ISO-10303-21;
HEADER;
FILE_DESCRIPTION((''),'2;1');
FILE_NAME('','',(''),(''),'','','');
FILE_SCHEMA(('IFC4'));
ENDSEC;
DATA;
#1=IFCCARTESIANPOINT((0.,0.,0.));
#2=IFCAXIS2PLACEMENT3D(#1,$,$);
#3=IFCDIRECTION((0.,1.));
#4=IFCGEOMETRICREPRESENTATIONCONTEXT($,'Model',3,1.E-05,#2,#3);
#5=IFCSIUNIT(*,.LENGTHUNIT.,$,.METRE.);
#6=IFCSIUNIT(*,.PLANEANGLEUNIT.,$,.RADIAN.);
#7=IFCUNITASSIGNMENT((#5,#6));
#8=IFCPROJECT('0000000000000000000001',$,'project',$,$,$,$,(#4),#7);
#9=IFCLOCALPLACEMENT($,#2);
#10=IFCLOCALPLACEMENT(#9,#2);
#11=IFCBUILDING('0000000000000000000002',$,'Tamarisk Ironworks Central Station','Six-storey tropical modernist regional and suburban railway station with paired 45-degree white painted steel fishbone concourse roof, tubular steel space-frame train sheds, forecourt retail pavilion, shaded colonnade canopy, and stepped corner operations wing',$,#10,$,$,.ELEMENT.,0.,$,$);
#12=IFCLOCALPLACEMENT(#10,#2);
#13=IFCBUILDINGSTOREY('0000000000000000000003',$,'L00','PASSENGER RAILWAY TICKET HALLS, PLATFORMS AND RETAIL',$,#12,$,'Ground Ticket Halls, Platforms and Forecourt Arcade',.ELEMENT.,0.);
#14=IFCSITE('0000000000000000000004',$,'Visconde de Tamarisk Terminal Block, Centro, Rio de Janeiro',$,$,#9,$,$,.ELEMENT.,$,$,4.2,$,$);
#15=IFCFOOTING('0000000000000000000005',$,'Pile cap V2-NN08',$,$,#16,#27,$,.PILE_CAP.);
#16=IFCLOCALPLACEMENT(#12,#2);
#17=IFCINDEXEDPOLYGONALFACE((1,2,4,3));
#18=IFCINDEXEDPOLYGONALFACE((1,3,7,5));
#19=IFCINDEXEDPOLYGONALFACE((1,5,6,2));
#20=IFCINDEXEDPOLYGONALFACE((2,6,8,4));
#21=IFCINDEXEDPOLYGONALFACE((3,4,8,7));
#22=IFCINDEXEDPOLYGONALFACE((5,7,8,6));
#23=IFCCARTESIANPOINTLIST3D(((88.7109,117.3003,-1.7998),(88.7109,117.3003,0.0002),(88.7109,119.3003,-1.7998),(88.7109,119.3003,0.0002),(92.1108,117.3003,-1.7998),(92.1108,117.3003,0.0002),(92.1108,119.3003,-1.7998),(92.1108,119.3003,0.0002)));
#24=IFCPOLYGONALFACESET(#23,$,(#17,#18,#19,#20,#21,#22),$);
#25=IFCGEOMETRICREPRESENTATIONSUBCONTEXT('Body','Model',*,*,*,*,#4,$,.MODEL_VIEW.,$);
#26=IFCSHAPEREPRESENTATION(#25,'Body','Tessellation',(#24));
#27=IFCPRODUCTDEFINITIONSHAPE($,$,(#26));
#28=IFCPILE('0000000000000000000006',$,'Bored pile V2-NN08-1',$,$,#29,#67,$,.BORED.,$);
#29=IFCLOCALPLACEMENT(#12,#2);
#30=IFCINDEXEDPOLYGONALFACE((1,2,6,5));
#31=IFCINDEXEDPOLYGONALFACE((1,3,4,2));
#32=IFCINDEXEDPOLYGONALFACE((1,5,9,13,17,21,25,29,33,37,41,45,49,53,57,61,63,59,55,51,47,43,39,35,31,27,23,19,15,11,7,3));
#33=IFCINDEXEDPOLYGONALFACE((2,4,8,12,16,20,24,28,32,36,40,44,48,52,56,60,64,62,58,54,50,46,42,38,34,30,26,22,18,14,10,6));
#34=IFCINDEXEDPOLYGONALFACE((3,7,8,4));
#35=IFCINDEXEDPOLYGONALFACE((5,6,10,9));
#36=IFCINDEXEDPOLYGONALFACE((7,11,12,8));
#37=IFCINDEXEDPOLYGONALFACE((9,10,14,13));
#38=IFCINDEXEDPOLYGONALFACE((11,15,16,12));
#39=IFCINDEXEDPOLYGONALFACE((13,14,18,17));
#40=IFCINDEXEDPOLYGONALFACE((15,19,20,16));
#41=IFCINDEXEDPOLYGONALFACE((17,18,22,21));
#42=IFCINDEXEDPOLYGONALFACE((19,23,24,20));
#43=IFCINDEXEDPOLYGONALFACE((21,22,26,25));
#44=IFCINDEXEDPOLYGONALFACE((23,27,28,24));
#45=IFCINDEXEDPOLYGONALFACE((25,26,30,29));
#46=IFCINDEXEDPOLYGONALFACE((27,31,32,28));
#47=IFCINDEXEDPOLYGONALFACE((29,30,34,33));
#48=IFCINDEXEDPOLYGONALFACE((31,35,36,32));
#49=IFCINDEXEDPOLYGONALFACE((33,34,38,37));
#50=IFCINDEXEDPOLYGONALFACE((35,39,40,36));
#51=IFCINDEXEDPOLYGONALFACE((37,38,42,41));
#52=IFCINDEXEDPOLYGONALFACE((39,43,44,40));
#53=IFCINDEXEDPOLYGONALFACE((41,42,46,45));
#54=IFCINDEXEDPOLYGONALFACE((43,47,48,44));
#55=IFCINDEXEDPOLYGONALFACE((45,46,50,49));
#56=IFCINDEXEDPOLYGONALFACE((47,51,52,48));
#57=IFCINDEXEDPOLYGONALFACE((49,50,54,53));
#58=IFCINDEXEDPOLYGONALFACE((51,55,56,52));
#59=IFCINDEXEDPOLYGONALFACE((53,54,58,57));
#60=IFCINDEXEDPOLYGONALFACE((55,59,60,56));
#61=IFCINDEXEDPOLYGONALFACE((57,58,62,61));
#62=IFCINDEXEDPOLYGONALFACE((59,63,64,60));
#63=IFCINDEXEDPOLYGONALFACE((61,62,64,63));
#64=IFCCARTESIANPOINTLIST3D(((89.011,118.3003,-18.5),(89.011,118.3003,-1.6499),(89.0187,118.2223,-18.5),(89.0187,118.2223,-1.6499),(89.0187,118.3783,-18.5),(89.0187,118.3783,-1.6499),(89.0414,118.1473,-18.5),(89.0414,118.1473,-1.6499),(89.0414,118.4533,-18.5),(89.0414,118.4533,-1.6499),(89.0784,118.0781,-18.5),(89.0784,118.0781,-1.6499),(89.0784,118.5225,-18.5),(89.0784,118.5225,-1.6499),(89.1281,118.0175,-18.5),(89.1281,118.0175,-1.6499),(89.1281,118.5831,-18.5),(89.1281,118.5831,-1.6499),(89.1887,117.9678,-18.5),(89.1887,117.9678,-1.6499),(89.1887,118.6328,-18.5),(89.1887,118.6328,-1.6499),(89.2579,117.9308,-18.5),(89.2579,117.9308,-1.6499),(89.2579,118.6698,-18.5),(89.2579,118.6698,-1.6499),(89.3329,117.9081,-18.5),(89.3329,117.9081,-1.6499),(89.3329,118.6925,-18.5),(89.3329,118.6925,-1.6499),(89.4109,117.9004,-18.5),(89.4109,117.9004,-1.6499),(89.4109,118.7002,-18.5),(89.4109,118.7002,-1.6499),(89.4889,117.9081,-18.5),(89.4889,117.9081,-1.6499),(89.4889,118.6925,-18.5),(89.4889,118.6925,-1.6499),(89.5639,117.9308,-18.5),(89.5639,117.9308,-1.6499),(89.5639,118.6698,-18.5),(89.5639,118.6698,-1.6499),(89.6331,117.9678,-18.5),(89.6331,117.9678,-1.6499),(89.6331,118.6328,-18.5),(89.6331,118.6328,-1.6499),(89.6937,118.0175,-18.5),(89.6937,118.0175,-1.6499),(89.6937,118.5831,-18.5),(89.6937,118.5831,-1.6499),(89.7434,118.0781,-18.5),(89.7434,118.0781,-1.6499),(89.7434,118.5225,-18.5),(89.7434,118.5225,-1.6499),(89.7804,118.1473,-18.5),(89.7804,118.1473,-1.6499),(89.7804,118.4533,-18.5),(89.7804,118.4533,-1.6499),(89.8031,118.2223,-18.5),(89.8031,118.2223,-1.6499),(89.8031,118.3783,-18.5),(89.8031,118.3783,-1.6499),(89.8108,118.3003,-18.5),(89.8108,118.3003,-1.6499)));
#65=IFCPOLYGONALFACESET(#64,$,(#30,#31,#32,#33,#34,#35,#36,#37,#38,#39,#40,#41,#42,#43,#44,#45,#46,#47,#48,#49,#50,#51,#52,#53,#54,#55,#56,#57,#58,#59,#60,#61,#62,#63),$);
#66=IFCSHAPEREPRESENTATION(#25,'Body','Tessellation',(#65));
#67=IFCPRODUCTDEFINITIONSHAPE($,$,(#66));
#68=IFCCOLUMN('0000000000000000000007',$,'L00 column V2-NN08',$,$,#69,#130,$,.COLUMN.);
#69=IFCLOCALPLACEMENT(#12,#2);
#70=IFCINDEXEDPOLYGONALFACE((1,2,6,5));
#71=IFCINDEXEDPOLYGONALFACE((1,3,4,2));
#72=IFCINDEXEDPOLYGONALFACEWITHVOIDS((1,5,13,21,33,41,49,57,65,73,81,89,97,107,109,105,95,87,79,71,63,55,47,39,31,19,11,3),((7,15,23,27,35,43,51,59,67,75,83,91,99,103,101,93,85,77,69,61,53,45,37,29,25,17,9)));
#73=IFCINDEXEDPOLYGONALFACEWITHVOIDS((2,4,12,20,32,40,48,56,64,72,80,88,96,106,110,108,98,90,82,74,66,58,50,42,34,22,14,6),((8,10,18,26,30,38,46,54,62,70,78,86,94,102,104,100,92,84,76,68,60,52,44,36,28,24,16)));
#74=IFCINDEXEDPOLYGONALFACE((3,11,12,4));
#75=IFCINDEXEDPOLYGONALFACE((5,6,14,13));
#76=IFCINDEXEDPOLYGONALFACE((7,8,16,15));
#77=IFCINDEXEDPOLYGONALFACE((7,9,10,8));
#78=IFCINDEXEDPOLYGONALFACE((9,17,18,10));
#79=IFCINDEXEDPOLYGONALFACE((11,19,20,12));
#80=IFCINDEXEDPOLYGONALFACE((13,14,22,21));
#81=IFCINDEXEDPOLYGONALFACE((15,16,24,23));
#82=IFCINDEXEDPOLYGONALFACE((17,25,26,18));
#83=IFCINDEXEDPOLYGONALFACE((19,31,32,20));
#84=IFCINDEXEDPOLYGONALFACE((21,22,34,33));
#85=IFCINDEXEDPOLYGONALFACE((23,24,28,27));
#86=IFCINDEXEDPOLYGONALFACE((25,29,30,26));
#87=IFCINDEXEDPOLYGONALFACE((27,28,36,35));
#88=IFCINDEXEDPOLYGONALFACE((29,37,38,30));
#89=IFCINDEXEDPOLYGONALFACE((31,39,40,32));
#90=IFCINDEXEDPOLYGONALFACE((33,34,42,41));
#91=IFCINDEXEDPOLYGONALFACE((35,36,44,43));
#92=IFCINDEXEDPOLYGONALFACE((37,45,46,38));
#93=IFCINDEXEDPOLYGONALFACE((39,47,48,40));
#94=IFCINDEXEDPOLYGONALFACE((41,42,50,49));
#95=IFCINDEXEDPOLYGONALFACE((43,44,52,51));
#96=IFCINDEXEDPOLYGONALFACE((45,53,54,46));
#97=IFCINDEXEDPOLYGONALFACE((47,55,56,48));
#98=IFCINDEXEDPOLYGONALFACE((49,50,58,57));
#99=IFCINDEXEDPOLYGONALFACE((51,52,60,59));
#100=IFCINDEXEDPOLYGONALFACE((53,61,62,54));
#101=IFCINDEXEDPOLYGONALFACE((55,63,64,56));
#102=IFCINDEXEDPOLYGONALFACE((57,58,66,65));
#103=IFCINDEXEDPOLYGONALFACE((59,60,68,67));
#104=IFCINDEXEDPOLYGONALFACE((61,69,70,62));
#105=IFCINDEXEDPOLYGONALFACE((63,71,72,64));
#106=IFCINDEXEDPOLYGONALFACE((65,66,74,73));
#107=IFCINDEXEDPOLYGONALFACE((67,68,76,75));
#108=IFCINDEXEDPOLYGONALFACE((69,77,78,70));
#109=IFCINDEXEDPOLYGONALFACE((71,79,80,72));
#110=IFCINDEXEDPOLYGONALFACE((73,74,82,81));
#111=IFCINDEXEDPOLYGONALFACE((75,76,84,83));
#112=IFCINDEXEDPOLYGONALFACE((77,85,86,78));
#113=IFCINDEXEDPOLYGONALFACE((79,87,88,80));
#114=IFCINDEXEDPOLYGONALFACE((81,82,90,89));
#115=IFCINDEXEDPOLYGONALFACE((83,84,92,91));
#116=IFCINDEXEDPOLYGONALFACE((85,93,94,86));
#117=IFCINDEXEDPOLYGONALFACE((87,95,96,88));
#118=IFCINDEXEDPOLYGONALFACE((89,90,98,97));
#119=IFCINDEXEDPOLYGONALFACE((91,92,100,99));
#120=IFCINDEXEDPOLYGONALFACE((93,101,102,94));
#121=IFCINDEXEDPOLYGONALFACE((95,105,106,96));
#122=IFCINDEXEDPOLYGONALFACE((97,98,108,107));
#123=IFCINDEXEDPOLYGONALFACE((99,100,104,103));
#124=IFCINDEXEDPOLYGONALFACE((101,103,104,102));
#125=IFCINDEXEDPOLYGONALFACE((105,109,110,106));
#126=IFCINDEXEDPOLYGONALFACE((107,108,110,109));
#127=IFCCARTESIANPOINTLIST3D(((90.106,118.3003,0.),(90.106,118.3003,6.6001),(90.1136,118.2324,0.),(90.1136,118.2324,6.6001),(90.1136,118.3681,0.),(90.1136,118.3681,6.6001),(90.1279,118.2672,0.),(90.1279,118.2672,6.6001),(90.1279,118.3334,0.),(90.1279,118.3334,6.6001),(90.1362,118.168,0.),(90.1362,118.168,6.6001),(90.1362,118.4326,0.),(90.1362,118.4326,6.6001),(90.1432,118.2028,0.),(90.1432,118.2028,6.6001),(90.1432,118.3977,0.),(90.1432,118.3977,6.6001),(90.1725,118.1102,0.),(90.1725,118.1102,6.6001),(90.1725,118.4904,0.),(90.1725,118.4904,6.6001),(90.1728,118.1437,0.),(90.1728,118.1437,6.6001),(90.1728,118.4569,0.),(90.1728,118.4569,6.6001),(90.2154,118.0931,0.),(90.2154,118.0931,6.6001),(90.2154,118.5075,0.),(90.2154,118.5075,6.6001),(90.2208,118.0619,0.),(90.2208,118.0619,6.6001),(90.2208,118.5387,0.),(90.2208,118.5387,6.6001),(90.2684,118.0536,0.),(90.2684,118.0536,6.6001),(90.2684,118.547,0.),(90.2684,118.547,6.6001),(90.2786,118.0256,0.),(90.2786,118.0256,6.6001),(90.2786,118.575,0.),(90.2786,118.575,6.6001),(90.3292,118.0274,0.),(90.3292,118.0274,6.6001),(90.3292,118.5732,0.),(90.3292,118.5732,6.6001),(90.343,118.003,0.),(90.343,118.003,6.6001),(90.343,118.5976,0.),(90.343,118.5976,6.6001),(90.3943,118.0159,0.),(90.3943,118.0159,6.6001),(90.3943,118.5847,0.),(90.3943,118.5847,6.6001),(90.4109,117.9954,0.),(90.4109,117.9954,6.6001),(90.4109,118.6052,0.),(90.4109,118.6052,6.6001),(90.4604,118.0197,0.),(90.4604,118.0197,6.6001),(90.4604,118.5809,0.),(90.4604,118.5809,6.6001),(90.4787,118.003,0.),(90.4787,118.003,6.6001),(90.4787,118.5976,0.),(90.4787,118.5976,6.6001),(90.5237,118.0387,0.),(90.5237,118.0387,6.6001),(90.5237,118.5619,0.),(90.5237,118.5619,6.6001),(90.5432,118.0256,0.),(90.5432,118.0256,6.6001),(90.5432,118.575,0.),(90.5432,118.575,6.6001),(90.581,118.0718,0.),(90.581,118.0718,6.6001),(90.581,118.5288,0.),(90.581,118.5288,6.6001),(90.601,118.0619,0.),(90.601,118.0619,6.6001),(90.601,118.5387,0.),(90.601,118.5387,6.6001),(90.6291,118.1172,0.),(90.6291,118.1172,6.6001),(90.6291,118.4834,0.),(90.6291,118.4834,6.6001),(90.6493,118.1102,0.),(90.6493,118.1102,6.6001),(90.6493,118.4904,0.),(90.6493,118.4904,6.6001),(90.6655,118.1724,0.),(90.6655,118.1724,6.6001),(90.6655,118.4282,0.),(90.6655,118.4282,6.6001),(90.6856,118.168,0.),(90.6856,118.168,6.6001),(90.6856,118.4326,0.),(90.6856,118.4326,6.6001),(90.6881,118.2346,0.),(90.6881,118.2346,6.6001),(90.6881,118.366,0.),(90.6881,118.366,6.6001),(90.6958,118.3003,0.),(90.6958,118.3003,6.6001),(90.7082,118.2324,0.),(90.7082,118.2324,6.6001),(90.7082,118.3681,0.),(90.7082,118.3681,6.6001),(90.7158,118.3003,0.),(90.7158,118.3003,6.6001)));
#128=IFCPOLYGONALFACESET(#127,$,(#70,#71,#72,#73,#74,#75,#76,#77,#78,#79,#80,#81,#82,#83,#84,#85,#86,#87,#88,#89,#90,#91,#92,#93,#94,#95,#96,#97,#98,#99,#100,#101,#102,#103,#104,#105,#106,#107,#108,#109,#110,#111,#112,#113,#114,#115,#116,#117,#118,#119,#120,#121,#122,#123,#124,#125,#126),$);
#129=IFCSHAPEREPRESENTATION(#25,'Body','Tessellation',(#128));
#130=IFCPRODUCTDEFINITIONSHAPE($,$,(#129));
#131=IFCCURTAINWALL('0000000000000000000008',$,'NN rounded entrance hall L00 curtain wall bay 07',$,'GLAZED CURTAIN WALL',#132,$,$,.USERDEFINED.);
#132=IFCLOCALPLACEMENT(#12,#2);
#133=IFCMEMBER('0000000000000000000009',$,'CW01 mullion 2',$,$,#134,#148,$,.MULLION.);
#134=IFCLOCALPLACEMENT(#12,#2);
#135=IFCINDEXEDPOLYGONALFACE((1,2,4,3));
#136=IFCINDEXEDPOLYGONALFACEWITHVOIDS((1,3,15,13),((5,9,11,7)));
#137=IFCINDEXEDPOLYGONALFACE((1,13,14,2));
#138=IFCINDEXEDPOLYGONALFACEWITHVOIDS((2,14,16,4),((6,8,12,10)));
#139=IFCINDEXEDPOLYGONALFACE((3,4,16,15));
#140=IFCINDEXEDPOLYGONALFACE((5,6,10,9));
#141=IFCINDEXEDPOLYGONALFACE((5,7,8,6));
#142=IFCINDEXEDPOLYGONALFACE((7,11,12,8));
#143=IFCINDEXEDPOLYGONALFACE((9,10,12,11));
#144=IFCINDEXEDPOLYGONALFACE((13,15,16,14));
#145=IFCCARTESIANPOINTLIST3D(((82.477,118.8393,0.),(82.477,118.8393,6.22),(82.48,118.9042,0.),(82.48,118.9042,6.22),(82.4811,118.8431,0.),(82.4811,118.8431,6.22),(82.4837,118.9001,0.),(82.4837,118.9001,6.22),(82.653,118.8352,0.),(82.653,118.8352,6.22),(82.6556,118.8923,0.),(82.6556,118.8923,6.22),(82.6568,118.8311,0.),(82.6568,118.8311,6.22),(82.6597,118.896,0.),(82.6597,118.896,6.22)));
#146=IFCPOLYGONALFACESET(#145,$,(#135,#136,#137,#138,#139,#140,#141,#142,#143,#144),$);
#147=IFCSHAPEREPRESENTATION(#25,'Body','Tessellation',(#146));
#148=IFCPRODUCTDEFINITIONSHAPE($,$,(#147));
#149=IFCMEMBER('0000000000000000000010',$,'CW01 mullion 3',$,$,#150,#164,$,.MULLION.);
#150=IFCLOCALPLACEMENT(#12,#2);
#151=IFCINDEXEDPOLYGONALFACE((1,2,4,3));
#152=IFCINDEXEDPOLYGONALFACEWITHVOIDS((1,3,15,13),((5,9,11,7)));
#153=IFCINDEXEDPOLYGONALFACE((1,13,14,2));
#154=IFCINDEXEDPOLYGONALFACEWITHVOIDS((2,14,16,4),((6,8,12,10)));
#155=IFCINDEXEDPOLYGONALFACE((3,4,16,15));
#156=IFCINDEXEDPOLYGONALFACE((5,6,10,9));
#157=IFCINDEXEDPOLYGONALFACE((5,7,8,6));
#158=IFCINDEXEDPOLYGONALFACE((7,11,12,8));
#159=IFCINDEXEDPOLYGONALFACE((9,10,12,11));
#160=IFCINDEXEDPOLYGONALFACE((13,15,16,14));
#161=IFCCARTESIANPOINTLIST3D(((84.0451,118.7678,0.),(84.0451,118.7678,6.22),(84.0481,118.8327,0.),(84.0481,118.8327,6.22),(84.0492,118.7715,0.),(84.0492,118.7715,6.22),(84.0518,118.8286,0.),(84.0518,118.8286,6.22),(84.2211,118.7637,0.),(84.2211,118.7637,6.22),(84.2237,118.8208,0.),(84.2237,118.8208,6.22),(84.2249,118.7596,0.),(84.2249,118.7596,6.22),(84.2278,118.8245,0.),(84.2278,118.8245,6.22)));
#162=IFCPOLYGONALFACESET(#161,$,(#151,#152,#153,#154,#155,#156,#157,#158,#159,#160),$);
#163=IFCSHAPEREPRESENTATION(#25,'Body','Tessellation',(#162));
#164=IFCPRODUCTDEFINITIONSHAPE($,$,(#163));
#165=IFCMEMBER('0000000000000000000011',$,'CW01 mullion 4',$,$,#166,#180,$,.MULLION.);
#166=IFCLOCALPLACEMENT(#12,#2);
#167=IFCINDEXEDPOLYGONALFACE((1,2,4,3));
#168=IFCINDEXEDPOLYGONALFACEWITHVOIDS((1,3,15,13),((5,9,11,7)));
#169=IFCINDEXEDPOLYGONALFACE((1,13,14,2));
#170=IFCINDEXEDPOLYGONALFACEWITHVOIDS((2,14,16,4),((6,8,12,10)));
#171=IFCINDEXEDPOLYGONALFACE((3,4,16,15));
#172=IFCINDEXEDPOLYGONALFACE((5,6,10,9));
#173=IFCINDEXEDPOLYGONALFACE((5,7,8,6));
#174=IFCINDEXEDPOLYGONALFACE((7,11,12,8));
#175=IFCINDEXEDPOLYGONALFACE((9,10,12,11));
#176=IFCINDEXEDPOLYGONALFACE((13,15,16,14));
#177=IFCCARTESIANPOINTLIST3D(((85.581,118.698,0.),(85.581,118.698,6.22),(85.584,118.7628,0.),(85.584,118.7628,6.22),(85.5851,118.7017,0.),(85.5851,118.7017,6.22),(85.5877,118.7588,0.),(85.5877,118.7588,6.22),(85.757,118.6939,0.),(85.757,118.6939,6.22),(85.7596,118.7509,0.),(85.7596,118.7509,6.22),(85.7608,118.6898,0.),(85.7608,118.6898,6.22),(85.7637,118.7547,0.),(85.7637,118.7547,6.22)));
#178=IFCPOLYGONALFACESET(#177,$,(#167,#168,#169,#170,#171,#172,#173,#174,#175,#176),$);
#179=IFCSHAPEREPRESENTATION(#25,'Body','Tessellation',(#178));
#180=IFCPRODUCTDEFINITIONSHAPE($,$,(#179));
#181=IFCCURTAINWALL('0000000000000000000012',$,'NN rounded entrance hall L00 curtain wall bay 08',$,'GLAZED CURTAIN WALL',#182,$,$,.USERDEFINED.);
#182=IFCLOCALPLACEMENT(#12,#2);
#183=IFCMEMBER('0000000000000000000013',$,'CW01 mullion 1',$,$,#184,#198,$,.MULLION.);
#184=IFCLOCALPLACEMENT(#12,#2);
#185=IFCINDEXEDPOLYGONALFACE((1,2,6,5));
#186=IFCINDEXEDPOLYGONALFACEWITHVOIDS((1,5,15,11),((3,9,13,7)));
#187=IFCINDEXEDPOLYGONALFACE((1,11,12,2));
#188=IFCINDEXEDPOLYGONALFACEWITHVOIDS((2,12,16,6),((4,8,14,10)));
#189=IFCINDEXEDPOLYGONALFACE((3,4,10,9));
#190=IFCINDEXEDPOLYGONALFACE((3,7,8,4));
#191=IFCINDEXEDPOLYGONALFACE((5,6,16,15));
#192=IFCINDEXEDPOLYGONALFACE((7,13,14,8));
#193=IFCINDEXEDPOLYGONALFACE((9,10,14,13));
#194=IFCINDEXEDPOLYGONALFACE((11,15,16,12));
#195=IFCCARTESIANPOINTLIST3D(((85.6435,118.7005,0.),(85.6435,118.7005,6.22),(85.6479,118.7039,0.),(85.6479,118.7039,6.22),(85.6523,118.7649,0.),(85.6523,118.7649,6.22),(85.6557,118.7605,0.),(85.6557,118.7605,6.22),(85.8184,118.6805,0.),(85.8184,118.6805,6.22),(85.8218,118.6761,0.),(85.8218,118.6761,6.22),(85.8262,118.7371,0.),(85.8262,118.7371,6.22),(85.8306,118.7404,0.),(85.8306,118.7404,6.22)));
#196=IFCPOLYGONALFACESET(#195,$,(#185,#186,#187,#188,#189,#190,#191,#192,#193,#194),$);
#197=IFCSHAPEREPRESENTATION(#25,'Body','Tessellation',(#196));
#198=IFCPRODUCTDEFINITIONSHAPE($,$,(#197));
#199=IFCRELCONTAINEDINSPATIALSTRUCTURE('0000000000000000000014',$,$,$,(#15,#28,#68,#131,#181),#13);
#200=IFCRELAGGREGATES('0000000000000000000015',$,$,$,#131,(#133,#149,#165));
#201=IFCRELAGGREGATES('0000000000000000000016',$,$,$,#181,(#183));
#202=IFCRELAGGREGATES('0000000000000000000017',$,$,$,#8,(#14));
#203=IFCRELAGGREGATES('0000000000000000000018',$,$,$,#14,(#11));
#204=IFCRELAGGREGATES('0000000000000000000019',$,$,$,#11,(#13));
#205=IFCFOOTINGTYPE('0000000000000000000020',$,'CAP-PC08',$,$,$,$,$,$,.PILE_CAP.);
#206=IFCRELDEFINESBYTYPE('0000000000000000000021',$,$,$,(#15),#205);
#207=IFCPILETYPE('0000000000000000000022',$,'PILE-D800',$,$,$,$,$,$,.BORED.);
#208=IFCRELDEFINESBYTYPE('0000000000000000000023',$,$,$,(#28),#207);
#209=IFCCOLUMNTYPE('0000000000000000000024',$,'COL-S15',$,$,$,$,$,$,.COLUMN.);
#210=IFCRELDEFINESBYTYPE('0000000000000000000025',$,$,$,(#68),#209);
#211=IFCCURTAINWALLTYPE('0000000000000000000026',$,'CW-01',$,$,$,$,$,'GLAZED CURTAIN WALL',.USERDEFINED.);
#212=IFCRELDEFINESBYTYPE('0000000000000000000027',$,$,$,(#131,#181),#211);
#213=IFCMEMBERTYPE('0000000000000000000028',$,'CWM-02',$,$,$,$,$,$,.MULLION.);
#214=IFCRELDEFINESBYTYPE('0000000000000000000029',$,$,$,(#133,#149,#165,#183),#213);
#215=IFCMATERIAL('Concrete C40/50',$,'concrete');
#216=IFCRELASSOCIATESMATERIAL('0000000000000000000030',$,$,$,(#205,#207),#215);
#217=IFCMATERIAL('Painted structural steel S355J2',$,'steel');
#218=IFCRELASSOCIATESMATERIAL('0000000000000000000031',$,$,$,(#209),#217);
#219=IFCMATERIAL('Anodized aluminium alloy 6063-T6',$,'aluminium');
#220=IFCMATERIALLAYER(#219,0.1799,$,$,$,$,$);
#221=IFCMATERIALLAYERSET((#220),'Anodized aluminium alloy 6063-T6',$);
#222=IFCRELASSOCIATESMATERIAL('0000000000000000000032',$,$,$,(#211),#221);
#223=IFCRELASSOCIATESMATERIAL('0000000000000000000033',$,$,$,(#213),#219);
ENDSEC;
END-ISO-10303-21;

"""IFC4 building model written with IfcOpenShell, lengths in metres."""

from ifc_helpers import new_model, si_unit, direction, frame, origin, origin_2d, place, context, subcontext, project, spatial, rectangle, hollow_rectangle, circle, hollow_circle, extrude, material, layer, layer_set, material_profile, profile_set, type_object, element, aggregate, save


model = new_model("IFC4")

# Units and contexts
model_context = context("Model", 3, precision=1e-05, world=origin(), true_north=direction((0.0, 1.0)))
body_context = subcontext(model_context, "Body", "Model", "MODEL_VIEW")
ifc_project = project(units=[si_unit("LENGTHUNIT", "METRE"), si_unit("PLANEANGLEUNIT", "RADIAN")], contexts=[model_context])

# Site, building, storey
site_placement = place(None, origin())
site = spatial("IfcSite", under=ifc_project, at=site_placement, Name="Visconde de Tamarisk Terminal Block, Centro, Rio de Janeiro", CompositionType="ELEMENT", RefElevation=4.2)
building_placement = place(site_placement, origin())
building = spatial("IfcBuilding", under=site, at=building_placement, Name="Tamarisk Ironworks Central Station", Description="Six-storey tropical modernist regional and suburban railway station with paired 45-degree white painted steel fishbone concourse roof, tubular steel space-frame train sheds, forecourt retail pavilion, shaded colonnade canopy, and stepped corner operations wing", CompositionType="ELEMENT", ElevationOfRefHeight=0.0)
storey_placement = place(building_placement, origin())
storey = spatial("IfcBuildingStorey", under=building, at=storey_placement, Name="L00", Description="PASSENGER RAILWAY TICKET HALLS, PLATFORMS AND RETAIL", LongName="Ground Ticket Halls, Platforms and Forecourt Arcade", CompositionType="ELEMENT", Elevation=0.0)

# Footing
ifc_material_1 = material(Name="Concrete C40/50", Category="concrete")
footing_type = type_object("IfcFootingType", Name="CAP-PC08", PredefinedType="PILE_CAP", material=ifc_material_1)
footing_placement = place(storey_placement, frame((90.4109, 118.3003, -1.7998), z_axis=(0.0, 0.0, 1.0), x_axis=(1.0, 0.0, 0.0)))
element("IfcFooting", 1, at=footing_placement, inside=storey, type_object=footing_type, Name="Pile cap V2-NN08", PredefinedType="PILE_CAP", context=body_context, shape_type="SweptSolid", body=[
    extrude(rectangle(XDim=3.3999, YDim=2.0, at=origin_2d()), origin(), (0.0, 0.0, 1.0), 1.8),
])

# Pile
ifc_material_profile_1 = material_profile(ifc_material_1, circle(Radius=0.3999, at=origin_2d()), Name="BORED PILE D800")
ifc_profile_set_1 = profile_set([ifc_material_profile_1], Name="Concrete C40/50")
pile_type = type_object("IfcPileType", Name="PILE-D800", PredefinedType="BORED", material=ifc_profile_set_1)
pile_placement = place(storey_placement, frame((89.4109, 118.3003, -1.6499), z_axis=(0.0, 0.0, -1.0), x_axis=(1.0, 0.0, 0.0)))
element("IfcPile", 2, at=pile_placement, inside=storey, type_object=pile_type, Name="Bored pile V2-NN08-1", PredefinedType="BORED", context=body_context, shape_type="SweptSolid", body=[
    extrude(circle(Radius=0.3999, at=origin_2d()), origin(), (0.0, 0.0, 1.0), 16.8501),
])

# Column
ifc_material_2 = material(Name="Painted structural steel S355J2", Category="steel")
ifc_material_profile_2 = material_profile(ifc_material_2, hollow_circle(Radius=0.3049, WallThickness=0.02, at=origin_2d()), Name="CHS 610x20")
ifc_profile_set_2 = profile_set([ifc_material_profile_2], Name="Painted structural steel S355J2")
column_type = type_object("IfcColumnType", Name="COL-S15", PredefinedType="COLUMN", material=ifc_profile_set_2)
column_placement = place(storey_placement, frame((90.4109, 118.3003, 0.0), z_axis=(0.0, 0.0, 1.0), x_axis=(1.0, 0.0, 0.0)))
element("IfcColumn", 3, at=column_placement, inside=storey, type_object=column_type, Name="L00 column V2-NN08", PredefinedType="COLUMN", context=body_context, shape_type="SweptSolid", body=[
    extrude(hollow_circle(Radius=0.3049, WallThickness=0.02, at=origin_2d()), origin(), (0.0, 0.0, 1.0), 6.6001),
])

# Curtain walls, members
ifc_material_3 = material(Name="Anodized aluminium alloy 6063-T6", Category="aluminium")
ifc_layer_1 = layer(ifc_material_3, 0.1799)
ifc_layer_set_1 = layer_set([ifc_layer_1], Name="Anodized aluminium alloy 6063-T6")
curtain_wall_type = type_object("IfcCurtainWallType", Name="CW-01", ElementType="GLAZED CURTAIN WALL", PredefinedType="USERDEFINED", material=ifc_layer_set_1)
curtain_wall_1_placement = place(storey_placement, origin())
curtain_wall_1 = element("IfcCurtainWall", 4, at=curtain_wall_1_placement, inside=storey, type_object=curtain_wall_type, Name="NN rounded entrance hall L00 curtain wall bay 07", ObjectType="GLAZED CURTAIN WALL", PredefinedType="USERDEFINED")
ifc_material_profile_3 = material_profile(ifc_material_3, hollow_rectangle(XDim=0.0649, YDim=0.1799, WallThickness=0.0039, at=origin_2d()), Name="ALUM 180x65")
ifc_profile_set_3 = profile_set([ifc_material_profile_3], Name="Anodized aluminium alloy 6063-T6")
member_type_1 = type_object("IfcMemberType", Name="CWM-02", PredefinedType="MULLION", material=ifc_profile_set_3)
member_1_placement = place(storey_placement, frame((82.5684, 118.8677, 0.0), z_axis=(0.0, 0.0, 1.0), x_axis=(0.045481, 0.998965, 0.0)))
member_1 = element("IfcMember", 5, at=member_1_placement, type_object=member_type_1, Name="CW01 mullion 2", PredefinedType="MULLION", context=body_context, shape_type="SweptSolid", body=[
    extrude(hollow_rectangle(XDim=0.0649, YDim=0.1799, WallThickness=0.0039, at=origin_2d()), origin(), (0.0, 0.0, 1.0), 6.22),
])
member_2_placement = place(storey_placement, frame((84.1365, 118.7961, 0.0), z_axis=(0.0, 0.0, 1.0), x_axis=(0.045481, 0.998965, 0.0)))
member_2 = element("IfcMember", 6, at=member_2_placement, type_object=member_type_1, Name="CW01 mullion 3", PredefinedType="MULLION", context=body_context, shape_type="SweptSolid", body=[
    extrude(hollow_rectangle(XDim=0.0649, YDim=0.1799, WallThickness=0.0039, at=origin_2d()), origin(), (0.0, 0.0, 1.0), 6.22),
])
member_3_placement = place(storey_placement, frame((85.6724, 118.7263, 0.0), z_axis=(0.0, 0.0, 1.0), x_axis=(0.045481, 0.998965, 0.0)))
member_3 = element("IfcMember", 7, at=member_3_placement, type_object=member_type_1, Name="CW01 mullion 4", PredefinedType="MULLION", context=body_context, shape_type="SweptSolid", body=[
    extrude(hollow_rectangle(XDim=0.0649, YDim=0.1799, WallThickness=0.0039, at=origin_2d()), origin(), (0.0, 0.0, 1.0), 6.22),
])
curtain_wall_2_placement = place(storey_placement, origin())
curtain_wall_2 = element("IfcCurtainWall", 8, at=curtain_wall_2_placement, inside=storey, type_object=curtain_wall_type, Name="NN rounded entrance hall L00 curtain wall bay 08", ObjectType="GLAZED CURTAIN WALL", PredefinedType="USERDEFINED")
member_4_placement = place(storey_placement, frame((85.7371, 118.7205, 0.0), z_axis=(0.0, 0.0, 1.0), x_axis=(0.136042, 0.990703, 0.0)))
member_4 = element("IfcMember", 9, at=member_4_placement, type_object=member_type_1, Name="CW01 mullion 1", PredefinedType="MULLION", context=body_context, shape_type="SweptSolid", body=[
    extrude(hollow_rectangle(XDim=0.0649, YDim=0.1799, WallThickness=0.0039, at=origin_2d()), origin(), (0.0, 0.0, 1.0), 6.22),
])

aggregate(curtain_wall_1, [member_1, member_2, member_3])
aggregate(curtain_wall_2, [member_4])

save(model, "model.ifc")
